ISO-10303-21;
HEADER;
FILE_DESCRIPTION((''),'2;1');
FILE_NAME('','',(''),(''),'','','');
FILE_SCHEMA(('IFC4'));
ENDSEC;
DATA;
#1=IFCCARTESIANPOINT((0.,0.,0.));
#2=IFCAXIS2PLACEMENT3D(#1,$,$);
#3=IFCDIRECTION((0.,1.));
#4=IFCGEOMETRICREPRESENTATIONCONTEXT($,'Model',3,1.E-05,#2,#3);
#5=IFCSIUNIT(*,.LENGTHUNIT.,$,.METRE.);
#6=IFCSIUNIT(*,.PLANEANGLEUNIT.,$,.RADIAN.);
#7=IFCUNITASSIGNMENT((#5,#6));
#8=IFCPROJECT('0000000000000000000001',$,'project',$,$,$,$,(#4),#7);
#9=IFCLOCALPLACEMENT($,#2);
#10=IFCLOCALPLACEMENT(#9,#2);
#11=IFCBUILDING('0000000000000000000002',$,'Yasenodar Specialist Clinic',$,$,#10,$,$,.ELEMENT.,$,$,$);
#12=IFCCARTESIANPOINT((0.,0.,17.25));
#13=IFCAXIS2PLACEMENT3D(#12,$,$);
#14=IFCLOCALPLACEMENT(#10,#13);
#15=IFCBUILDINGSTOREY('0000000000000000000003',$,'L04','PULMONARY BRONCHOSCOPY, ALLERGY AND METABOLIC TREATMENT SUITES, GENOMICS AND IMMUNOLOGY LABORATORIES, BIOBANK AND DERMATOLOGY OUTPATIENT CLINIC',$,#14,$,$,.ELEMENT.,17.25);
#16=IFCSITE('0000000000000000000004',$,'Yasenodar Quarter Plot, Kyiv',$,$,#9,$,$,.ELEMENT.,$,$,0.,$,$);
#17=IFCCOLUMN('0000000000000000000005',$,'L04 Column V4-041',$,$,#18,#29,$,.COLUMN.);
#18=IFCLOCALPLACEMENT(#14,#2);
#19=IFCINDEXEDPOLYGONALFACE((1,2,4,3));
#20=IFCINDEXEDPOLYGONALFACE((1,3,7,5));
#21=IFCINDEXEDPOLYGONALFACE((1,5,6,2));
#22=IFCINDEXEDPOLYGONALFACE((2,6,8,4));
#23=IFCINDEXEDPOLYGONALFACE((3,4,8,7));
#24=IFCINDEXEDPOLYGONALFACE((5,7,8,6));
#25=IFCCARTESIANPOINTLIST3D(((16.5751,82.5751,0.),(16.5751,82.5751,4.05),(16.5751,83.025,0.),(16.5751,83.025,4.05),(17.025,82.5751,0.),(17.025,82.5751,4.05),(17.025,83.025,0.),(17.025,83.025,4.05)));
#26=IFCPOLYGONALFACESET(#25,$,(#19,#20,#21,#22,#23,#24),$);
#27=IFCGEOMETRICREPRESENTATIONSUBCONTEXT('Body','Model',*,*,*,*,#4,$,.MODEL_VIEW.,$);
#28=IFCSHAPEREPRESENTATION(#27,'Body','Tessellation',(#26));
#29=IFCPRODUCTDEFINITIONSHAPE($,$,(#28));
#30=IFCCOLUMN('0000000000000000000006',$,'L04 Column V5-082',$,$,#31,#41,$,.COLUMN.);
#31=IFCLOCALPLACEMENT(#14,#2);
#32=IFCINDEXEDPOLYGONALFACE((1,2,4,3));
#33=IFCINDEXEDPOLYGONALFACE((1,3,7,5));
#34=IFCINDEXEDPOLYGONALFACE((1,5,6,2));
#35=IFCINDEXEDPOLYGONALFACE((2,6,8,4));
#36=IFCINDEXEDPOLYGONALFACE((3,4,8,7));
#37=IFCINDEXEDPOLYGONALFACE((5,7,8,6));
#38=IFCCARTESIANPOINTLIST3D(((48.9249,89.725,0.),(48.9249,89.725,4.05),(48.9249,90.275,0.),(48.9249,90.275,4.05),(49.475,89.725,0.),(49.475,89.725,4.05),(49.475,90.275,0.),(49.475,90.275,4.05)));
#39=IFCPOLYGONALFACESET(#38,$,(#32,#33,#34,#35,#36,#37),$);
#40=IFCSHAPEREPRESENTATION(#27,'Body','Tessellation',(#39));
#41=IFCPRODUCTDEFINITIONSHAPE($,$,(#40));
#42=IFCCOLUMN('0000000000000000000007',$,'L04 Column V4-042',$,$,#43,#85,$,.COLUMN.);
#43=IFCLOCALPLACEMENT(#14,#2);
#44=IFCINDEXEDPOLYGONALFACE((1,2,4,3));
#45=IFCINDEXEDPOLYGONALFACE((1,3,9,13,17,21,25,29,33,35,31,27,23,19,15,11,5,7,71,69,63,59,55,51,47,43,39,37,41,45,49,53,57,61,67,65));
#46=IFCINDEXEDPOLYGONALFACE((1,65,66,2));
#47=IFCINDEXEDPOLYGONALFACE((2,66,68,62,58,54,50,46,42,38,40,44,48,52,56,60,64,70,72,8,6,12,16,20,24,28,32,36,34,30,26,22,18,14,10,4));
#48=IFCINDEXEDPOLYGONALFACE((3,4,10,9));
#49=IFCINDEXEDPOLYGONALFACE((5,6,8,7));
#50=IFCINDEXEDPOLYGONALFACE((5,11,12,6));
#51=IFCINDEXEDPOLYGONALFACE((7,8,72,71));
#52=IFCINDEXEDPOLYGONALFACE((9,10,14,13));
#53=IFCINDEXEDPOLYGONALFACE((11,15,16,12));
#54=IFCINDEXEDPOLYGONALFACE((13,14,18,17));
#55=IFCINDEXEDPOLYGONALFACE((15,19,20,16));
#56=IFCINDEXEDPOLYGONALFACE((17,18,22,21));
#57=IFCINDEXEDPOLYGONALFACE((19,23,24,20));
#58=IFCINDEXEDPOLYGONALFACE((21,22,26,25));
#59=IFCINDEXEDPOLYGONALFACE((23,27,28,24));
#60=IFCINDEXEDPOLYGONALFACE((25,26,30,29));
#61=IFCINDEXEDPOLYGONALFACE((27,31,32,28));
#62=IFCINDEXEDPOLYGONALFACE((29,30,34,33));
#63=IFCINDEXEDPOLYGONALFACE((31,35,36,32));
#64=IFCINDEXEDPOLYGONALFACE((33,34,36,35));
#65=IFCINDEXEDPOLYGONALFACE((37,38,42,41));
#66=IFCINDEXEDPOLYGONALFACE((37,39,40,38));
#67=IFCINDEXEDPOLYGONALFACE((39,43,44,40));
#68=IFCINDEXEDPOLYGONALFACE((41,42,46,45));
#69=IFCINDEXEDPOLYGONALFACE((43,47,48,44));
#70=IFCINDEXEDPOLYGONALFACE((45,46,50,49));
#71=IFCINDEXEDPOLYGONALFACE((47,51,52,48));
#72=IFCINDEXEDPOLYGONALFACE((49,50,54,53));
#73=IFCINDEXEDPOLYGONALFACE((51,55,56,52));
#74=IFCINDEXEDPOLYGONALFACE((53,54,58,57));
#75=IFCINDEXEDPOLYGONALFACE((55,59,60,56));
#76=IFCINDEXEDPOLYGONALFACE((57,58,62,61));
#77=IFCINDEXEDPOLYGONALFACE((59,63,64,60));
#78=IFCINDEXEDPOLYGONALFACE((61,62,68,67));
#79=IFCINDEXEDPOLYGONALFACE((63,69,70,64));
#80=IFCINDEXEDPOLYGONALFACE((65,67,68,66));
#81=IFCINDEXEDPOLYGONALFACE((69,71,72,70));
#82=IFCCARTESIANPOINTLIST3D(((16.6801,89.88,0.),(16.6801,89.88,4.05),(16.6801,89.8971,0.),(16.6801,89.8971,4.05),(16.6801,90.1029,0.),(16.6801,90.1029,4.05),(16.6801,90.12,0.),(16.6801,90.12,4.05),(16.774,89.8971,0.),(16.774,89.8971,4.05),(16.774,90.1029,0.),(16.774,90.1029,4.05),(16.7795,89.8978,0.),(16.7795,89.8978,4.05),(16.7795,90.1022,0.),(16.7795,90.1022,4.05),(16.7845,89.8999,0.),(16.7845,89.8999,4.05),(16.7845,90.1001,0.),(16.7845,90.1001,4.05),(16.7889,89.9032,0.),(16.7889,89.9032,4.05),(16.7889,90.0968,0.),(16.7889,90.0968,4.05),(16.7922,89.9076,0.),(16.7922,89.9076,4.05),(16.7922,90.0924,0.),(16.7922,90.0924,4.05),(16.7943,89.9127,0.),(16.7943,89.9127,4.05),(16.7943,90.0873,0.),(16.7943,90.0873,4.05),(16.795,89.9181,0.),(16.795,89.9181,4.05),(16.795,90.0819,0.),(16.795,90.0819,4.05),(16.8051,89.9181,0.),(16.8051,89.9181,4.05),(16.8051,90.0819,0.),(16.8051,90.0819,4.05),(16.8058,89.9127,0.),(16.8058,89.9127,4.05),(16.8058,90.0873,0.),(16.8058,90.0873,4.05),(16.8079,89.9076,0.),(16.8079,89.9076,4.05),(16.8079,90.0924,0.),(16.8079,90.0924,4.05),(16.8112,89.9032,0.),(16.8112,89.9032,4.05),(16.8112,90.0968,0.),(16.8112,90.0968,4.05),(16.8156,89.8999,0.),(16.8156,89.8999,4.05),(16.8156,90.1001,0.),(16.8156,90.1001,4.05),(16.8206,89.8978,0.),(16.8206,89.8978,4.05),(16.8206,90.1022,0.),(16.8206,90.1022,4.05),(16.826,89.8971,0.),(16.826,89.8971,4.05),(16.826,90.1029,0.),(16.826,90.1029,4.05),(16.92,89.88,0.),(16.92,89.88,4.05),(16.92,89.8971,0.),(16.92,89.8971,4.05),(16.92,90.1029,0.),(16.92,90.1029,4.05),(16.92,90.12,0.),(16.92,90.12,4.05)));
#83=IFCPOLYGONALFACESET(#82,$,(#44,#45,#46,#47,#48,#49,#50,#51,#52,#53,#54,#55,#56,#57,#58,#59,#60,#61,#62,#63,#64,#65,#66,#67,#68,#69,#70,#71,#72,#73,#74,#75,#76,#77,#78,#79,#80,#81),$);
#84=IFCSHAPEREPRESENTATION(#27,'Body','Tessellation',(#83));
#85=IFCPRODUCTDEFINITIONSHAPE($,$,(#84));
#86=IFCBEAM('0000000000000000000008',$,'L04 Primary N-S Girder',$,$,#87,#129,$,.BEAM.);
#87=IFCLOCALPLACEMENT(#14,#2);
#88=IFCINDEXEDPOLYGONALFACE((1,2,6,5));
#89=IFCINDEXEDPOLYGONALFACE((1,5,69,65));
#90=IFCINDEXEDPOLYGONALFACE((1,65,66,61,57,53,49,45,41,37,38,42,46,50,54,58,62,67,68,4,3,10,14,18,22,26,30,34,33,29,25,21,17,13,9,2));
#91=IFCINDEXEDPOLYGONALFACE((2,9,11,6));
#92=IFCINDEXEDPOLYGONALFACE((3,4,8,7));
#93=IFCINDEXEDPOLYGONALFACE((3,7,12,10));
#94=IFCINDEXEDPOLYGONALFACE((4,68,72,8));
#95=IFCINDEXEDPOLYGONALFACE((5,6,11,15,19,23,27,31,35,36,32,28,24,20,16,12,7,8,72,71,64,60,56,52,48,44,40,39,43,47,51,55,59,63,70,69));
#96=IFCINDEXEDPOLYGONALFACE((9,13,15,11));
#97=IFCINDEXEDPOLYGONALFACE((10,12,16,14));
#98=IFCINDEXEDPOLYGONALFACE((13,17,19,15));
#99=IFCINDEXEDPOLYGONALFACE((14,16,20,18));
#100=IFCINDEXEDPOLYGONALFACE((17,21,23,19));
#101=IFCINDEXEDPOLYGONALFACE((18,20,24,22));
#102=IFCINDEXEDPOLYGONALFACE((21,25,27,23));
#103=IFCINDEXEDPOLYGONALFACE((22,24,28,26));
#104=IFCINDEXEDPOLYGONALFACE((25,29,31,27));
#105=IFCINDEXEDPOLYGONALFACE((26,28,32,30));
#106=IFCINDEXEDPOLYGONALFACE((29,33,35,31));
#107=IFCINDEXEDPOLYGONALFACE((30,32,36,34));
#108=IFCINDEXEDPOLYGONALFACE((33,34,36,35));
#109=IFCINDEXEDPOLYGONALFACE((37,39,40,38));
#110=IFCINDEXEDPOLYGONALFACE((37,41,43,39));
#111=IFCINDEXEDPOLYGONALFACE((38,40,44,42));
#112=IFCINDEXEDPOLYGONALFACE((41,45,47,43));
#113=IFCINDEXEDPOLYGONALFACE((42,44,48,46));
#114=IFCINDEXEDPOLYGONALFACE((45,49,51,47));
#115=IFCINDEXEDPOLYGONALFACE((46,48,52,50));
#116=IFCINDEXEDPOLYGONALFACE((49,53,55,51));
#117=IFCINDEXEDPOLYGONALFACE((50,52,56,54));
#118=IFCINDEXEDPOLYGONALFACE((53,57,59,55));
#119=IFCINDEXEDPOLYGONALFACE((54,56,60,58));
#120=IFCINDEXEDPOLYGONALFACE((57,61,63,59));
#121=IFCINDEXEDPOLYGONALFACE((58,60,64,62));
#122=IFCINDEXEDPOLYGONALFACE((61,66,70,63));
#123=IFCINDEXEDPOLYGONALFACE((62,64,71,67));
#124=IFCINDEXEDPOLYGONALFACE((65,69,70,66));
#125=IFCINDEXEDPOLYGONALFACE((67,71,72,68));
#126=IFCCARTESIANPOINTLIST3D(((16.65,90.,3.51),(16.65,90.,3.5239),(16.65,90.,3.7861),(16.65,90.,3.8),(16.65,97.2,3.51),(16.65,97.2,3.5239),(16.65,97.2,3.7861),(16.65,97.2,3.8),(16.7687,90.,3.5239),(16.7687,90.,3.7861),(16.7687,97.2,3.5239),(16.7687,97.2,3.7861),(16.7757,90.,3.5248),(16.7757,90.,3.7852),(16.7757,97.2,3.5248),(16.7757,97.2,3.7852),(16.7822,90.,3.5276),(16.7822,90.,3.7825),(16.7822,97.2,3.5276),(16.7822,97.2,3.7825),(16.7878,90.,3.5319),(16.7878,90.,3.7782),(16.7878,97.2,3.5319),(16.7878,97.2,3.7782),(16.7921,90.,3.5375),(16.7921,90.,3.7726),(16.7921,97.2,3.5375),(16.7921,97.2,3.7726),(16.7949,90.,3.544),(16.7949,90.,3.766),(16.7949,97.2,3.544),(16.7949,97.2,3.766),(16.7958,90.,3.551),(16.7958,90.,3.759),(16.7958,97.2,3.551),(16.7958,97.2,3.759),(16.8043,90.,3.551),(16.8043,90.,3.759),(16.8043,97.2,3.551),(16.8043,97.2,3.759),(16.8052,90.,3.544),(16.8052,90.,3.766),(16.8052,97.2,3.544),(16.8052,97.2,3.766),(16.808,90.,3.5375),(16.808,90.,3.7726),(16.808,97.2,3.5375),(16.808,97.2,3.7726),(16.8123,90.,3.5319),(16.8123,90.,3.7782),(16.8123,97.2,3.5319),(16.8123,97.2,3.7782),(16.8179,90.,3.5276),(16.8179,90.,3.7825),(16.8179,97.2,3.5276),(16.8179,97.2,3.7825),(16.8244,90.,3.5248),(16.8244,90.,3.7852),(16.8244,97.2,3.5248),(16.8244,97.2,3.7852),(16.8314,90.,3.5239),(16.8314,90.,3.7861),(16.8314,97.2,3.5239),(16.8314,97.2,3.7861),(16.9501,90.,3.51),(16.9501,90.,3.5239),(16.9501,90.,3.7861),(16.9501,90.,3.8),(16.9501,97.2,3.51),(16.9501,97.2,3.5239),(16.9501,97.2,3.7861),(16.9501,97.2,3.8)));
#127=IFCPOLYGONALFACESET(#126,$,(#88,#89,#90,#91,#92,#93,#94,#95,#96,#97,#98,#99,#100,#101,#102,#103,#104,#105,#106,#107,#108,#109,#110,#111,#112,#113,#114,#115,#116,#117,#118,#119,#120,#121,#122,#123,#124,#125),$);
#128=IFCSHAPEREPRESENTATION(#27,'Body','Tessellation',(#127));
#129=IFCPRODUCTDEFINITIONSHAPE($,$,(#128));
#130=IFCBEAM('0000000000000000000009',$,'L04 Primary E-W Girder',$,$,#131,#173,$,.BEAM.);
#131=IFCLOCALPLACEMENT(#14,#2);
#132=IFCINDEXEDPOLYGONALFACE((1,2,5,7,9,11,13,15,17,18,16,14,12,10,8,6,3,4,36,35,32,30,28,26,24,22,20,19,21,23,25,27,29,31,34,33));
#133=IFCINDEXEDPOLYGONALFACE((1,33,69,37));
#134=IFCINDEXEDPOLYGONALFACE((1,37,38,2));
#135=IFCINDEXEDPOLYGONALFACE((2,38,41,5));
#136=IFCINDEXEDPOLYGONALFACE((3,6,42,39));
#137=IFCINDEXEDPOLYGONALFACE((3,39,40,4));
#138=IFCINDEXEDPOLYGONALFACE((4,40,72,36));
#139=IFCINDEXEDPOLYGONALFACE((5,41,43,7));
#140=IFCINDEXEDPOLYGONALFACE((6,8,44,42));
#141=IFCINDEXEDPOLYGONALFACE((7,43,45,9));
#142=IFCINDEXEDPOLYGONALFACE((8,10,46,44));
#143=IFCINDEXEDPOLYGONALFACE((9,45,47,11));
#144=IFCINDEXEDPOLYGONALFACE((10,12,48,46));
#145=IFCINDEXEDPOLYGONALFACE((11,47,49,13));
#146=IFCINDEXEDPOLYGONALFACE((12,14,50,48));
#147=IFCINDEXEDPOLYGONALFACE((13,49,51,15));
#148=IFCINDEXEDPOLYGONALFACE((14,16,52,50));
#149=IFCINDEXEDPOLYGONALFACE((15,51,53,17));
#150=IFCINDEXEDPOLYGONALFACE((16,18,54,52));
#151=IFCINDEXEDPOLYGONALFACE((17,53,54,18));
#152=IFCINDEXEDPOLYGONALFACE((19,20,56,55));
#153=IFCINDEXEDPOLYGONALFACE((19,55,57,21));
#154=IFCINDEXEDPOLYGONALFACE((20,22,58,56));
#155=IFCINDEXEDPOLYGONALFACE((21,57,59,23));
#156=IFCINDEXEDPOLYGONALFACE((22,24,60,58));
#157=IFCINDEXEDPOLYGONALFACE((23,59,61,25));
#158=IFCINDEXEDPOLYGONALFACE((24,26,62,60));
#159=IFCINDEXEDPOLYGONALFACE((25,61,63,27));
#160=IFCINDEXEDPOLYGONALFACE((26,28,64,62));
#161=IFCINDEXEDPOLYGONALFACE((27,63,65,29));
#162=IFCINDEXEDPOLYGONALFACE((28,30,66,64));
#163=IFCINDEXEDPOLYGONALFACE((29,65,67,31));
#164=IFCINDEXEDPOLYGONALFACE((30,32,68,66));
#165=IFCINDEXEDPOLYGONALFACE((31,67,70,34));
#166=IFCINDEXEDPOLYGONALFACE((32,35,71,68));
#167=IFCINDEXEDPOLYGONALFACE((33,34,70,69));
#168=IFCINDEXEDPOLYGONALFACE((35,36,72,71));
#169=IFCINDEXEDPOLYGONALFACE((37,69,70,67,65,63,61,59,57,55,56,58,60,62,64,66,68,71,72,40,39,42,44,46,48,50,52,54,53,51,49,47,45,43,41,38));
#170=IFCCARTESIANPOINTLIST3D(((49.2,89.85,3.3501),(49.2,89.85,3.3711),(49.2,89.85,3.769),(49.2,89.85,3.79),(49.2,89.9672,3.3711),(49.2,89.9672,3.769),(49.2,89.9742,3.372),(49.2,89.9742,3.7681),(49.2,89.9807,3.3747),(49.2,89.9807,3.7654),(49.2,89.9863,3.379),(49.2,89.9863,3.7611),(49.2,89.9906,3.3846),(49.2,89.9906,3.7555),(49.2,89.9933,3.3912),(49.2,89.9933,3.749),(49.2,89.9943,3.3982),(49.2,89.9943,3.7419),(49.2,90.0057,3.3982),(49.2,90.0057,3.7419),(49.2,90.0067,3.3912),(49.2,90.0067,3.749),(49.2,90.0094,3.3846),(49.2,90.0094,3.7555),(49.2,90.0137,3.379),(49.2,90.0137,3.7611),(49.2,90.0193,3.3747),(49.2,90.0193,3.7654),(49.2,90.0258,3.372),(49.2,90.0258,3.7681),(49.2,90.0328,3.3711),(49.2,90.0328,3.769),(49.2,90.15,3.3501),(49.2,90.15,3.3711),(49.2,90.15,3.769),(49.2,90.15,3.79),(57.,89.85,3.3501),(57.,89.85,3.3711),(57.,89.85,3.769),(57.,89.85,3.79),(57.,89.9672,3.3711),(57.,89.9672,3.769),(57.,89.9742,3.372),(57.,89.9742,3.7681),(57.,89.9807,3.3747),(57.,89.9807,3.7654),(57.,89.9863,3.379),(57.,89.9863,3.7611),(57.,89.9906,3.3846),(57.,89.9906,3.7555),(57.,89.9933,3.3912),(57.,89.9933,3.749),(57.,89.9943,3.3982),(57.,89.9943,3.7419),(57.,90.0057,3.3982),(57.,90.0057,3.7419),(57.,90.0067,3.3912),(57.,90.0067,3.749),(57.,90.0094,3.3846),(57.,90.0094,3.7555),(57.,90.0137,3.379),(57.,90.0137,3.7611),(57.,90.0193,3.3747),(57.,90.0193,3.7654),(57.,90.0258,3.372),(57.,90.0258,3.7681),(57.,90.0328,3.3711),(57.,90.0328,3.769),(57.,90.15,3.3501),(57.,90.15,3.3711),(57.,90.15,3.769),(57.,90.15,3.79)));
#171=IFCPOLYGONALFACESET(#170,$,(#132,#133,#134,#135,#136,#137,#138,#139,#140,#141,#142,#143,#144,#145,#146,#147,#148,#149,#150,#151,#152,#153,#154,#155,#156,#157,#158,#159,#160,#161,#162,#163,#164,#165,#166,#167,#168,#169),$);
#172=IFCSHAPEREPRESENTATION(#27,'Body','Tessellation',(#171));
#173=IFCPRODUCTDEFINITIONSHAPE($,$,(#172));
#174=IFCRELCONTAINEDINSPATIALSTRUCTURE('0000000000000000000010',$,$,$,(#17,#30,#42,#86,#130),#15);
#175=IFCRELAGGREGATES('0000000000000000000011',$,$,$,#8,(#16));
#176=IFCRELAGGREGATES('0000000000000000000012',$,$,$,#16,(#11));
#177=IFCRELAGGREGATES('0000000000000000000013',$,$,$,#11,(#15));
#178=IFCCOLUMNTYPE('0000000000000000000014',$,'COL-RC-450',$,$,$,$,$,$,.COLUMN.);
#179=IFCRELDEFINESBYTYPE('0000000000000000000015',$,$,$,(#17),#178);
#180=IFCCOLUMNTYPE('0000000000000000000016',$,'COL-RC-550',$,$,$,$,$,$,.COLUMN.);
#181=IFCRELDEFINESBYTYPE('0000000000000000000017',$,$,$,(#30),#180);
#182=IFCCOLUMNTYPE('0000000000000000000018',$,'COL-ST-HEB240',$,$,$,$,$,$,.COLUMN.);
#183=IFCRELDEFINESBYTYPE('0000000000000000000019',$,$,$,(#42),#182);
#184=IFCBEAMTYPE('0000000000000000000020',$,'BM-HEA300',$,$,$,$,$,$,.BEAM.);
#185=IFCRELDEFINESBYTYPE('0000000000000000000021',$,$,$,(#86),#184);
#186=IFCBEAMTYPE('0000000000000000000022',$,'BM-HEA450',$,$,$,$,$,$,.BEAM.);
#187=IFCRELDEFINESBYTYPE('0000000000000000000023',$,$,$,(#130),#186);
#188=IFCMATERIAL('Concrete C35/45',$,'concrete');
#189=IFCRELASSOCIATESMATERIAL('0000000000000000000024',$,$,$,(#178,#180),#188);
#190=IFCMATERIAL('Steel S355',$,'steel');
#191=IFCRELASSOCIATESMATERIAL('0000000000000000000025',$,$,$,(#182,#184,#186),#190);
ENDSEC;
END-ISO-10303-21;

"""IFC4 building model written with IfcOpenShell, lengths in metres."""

from ifc_helpers import new_model, si_unit, direction, frame, origin, origin_2d, place, context, subcontext, project, spatial, rectangle, i_section, extrude, material, material_profile, profile_set, type_object, element, save


model = new_model("IFC4")

# Units and contexts
model_context = context("Model", 3, precision=1e-05, world=origin(), true_north=direction((0.0, 1.0)))
body_context = subcontext(model_context, "Body", "Model", "MODEL_VIEW")
ifc_project = project(units=[si_unit("LENGTHUNIT", "METRE"), si_unit("PLANEANGLEUNIT", "RADIAN")], contexts=[model_context])

# Site, building, storey
site_placement = place(None, origin())
site = spatial("IfcSite", under=ifc_project, at=site_placement, Name="Yasenodar Quarter Plot, Kyiv", CompositionType="ELEMENT", RefElevation=0.0)
building_placement = place(site_placement, origin())
building = spatial("IfcBuilding", under=site, at=building_placement, Name="Yasenodar Specialist Clinic", CompositionType="ELEMENT")
storey_placement = place(building_placement, frame((0.0, 0.0, 17.25)))
storey = spatial("IfcBuildingStorey", under=building, at=storey_placement, Name="L04", Description="PULMONARY BRONCHOSCOPY, ALLERGY AND METABOLIC TREATMENT SUITES, GENOMICS AND IMMUNOLOGY LABORATORIES, BIOBANK AND DERMATOLOGY OUTPATIENT CLINIC", CompositionType="ELEMENT", Elevation=17.25)

# Columns
ifc_material_1 = material(Name="Concrete C35/45", Category="concrete")
ifc_material_profile_1 = material_profile(ifc_material_1, rectangle(XDim=0.45, YDim=0.45, at=origin_2d()), Name="RC 450x450")
ifc_profile_set_1 = profile_set([ifc_material_profile_1], Name="Concrete C35/45")
column_type_1 = type_object("IfcColumnType", Name="COL-RC-450", PredefinedType="COLUMN", material=ifc_profile_set_1)
column_1_placement = place(storey_placement, frame((16.8, 82.8, 0.0), z_axis=(0.0, 0.0, 1.0), x_axis=(1.0, 0.0, 0.0)))
element("IfcColumn", 1, at=column_1_placement, inside=storey, type_object=column_type_1, Name="L04 Column V4-041", PredefinedType="COLUMN", context=body_context, shape_type="SweptSolid", body=[
    extrude(rectangle(XDim=0.45, YDim=0.45, at=origin_2d()), origin(), (0.0, 0.0, 1.0), 4.05),
])
ifc_material_profile_2 = material_profile(ifc_material_1, rectangle(XDim=0.55, YDim=0.55, at=origin_2d()), Name="RC 550x550")
ifc_profile_set_2 = profile_set([ifc_material_profile_2], Name="Concrete C35/45")
column_type_2 = type_object("IfcColumnType", Name="COL-RC-550", PredefinedType="COLUMN", material=ifc_profile_set_2)
column_2_placement = place(storey_placement, frame((49.2, 90.0, 0.0), z_axis=(0.0, 0.0, 1.0), x_axis=(1.0, 0.0, 0.0)))
element("IfcColumn", 2, at=column_2_placement, inside=storey, type_object=column_type_2, Name="L04 Column V5-082", PredefinedType="COLUMN", context=body_context, shape_type="SweptSolid", body=[
    extrude(rectangle(XDim=0.55, YDim=0.55, at=origin_2d()), origin(), (0.0, 0.0, 1.0), 4.05),
])
ifc_material_2 = material(Name="Steel S355", Category="steel")
ifc_material_profile_3 = material_profile(ifc_material_2, i_section(OverallWidth=0.24, OverallDepth=0.24, WebThickness=0.01, FlangeThickness=0.0171, FilletRadius=0.021, at=origin_2d()), Name="HEB 240")
ifc_profile_set_3 = profile_set([ifc_material_profile_3], Name="Steel S355")
column_type_3 = type_object("IfcColumnType", Name="COL-ST-HEB240", PredefinedType="COLUMN", material=ifc_profile_set_3)
column_3_placement = place(storey_placement, frame((16.8, 90.0, 0.0), z_axis=(0.0, 0.0, 1.0), x_axis=(1.0, 0.0, 0.0)))
element("IfcColumn", 3, at=column_3_placement, inside=storey, type_object=column_type_3, Name="L04 Column V4-042", PredefinedType="COLUMN", context=body_context, shape_type="SweptSolid", body=[
    extrude(i_section(OverallWidth=0.24, OverallDepth=0.24, WebThickness=0.01, FlangeThickness=0.0171, FilletRadius=0.021, at=origin_2d()), origin(), (0.0, 0.0, 1.0), 4.05),
])

# Beams
ifc_material_profile_4 = material_profile(ifc_material_2, i_section(OverallWidth=0.3, OverallDepth=0.29, WebThickness=0.0085, FlangeThickness=0.0139, FilletRadius=0.0271, at=origin_2d()), Name="HEA 300")
ifc_profile_set_4 = profile_set([ifc_material_profile_4], Name="Steel S355")
beam_type_1 = type_object("IfcBeamType", Name="BM-HEA300", PredefinedType="BEAM", material=ifc_profile_set_4)
beam_1_placement = place(storey_placement, frame((16.8, 90.0, 3.655), z_axis=(0.0, 1.0, 0.0), x_axis=(-1.0, 0.0, 0.0)))
element("IfcBeam", 4, at=beam_1_placement, inside=storey, type_object=beam_type_1, Name="L04 Primary N-S Girder", PredefinedType="BEAM", context=body_context, shape_type="SweptSolid", body=[
    extrude(i_section(OverallWidth=0.3, OverallDepth=0.29, WebThickness=0.0085, FlangeThickness=0.0139, FilletRadius=0.0271, at=origin_2d()), origin(), (0.0, 0.0, 1.0), 7.2),
])
ifc_material_profile_5 = material_profile(ifc_material_2, i_section(OverallWidth=0.3, OverallDepth=0.4399, WebThickness=0.0115, FlangeThickness=0.021, FilletRadius=0.0271, at=origin_2d()), Name="HEA 450")
ifc_profile_set_5 = profile_set([ifc_material_profile_5], Name="Steel S355")
beam_type_2 = type_object("IfcBeamType", Name="BM-HEA450", PredefinedType="BEAM", material=ifc_profile_set_5)
beam_2_placement = place(storey_placement, frame((49.2, 90.0, 3.5701), z_axis=(1.0, 0.0, 0.0), x_axis=(0.0, 1.0, 0.0)))
element("IfcBeam", 5, at=beam_2_placement, inside=storey, type_object=beam_type_2, Name="L04 Primary E-W Girder", PredefinedType="BEAM", context=body_context, shape_type="SweptSolid", body=[
    extrude(i_section(OverallWidth=0.3, OverallDepth=0.4399, WebThickness=0.0115, FlangeThickness=0.021, FilletRadius=0.0271, at=origin_2d()), origin(), (0.0, 0.0, 1.0), 7.8),
])

save(model, "model.ifc")
